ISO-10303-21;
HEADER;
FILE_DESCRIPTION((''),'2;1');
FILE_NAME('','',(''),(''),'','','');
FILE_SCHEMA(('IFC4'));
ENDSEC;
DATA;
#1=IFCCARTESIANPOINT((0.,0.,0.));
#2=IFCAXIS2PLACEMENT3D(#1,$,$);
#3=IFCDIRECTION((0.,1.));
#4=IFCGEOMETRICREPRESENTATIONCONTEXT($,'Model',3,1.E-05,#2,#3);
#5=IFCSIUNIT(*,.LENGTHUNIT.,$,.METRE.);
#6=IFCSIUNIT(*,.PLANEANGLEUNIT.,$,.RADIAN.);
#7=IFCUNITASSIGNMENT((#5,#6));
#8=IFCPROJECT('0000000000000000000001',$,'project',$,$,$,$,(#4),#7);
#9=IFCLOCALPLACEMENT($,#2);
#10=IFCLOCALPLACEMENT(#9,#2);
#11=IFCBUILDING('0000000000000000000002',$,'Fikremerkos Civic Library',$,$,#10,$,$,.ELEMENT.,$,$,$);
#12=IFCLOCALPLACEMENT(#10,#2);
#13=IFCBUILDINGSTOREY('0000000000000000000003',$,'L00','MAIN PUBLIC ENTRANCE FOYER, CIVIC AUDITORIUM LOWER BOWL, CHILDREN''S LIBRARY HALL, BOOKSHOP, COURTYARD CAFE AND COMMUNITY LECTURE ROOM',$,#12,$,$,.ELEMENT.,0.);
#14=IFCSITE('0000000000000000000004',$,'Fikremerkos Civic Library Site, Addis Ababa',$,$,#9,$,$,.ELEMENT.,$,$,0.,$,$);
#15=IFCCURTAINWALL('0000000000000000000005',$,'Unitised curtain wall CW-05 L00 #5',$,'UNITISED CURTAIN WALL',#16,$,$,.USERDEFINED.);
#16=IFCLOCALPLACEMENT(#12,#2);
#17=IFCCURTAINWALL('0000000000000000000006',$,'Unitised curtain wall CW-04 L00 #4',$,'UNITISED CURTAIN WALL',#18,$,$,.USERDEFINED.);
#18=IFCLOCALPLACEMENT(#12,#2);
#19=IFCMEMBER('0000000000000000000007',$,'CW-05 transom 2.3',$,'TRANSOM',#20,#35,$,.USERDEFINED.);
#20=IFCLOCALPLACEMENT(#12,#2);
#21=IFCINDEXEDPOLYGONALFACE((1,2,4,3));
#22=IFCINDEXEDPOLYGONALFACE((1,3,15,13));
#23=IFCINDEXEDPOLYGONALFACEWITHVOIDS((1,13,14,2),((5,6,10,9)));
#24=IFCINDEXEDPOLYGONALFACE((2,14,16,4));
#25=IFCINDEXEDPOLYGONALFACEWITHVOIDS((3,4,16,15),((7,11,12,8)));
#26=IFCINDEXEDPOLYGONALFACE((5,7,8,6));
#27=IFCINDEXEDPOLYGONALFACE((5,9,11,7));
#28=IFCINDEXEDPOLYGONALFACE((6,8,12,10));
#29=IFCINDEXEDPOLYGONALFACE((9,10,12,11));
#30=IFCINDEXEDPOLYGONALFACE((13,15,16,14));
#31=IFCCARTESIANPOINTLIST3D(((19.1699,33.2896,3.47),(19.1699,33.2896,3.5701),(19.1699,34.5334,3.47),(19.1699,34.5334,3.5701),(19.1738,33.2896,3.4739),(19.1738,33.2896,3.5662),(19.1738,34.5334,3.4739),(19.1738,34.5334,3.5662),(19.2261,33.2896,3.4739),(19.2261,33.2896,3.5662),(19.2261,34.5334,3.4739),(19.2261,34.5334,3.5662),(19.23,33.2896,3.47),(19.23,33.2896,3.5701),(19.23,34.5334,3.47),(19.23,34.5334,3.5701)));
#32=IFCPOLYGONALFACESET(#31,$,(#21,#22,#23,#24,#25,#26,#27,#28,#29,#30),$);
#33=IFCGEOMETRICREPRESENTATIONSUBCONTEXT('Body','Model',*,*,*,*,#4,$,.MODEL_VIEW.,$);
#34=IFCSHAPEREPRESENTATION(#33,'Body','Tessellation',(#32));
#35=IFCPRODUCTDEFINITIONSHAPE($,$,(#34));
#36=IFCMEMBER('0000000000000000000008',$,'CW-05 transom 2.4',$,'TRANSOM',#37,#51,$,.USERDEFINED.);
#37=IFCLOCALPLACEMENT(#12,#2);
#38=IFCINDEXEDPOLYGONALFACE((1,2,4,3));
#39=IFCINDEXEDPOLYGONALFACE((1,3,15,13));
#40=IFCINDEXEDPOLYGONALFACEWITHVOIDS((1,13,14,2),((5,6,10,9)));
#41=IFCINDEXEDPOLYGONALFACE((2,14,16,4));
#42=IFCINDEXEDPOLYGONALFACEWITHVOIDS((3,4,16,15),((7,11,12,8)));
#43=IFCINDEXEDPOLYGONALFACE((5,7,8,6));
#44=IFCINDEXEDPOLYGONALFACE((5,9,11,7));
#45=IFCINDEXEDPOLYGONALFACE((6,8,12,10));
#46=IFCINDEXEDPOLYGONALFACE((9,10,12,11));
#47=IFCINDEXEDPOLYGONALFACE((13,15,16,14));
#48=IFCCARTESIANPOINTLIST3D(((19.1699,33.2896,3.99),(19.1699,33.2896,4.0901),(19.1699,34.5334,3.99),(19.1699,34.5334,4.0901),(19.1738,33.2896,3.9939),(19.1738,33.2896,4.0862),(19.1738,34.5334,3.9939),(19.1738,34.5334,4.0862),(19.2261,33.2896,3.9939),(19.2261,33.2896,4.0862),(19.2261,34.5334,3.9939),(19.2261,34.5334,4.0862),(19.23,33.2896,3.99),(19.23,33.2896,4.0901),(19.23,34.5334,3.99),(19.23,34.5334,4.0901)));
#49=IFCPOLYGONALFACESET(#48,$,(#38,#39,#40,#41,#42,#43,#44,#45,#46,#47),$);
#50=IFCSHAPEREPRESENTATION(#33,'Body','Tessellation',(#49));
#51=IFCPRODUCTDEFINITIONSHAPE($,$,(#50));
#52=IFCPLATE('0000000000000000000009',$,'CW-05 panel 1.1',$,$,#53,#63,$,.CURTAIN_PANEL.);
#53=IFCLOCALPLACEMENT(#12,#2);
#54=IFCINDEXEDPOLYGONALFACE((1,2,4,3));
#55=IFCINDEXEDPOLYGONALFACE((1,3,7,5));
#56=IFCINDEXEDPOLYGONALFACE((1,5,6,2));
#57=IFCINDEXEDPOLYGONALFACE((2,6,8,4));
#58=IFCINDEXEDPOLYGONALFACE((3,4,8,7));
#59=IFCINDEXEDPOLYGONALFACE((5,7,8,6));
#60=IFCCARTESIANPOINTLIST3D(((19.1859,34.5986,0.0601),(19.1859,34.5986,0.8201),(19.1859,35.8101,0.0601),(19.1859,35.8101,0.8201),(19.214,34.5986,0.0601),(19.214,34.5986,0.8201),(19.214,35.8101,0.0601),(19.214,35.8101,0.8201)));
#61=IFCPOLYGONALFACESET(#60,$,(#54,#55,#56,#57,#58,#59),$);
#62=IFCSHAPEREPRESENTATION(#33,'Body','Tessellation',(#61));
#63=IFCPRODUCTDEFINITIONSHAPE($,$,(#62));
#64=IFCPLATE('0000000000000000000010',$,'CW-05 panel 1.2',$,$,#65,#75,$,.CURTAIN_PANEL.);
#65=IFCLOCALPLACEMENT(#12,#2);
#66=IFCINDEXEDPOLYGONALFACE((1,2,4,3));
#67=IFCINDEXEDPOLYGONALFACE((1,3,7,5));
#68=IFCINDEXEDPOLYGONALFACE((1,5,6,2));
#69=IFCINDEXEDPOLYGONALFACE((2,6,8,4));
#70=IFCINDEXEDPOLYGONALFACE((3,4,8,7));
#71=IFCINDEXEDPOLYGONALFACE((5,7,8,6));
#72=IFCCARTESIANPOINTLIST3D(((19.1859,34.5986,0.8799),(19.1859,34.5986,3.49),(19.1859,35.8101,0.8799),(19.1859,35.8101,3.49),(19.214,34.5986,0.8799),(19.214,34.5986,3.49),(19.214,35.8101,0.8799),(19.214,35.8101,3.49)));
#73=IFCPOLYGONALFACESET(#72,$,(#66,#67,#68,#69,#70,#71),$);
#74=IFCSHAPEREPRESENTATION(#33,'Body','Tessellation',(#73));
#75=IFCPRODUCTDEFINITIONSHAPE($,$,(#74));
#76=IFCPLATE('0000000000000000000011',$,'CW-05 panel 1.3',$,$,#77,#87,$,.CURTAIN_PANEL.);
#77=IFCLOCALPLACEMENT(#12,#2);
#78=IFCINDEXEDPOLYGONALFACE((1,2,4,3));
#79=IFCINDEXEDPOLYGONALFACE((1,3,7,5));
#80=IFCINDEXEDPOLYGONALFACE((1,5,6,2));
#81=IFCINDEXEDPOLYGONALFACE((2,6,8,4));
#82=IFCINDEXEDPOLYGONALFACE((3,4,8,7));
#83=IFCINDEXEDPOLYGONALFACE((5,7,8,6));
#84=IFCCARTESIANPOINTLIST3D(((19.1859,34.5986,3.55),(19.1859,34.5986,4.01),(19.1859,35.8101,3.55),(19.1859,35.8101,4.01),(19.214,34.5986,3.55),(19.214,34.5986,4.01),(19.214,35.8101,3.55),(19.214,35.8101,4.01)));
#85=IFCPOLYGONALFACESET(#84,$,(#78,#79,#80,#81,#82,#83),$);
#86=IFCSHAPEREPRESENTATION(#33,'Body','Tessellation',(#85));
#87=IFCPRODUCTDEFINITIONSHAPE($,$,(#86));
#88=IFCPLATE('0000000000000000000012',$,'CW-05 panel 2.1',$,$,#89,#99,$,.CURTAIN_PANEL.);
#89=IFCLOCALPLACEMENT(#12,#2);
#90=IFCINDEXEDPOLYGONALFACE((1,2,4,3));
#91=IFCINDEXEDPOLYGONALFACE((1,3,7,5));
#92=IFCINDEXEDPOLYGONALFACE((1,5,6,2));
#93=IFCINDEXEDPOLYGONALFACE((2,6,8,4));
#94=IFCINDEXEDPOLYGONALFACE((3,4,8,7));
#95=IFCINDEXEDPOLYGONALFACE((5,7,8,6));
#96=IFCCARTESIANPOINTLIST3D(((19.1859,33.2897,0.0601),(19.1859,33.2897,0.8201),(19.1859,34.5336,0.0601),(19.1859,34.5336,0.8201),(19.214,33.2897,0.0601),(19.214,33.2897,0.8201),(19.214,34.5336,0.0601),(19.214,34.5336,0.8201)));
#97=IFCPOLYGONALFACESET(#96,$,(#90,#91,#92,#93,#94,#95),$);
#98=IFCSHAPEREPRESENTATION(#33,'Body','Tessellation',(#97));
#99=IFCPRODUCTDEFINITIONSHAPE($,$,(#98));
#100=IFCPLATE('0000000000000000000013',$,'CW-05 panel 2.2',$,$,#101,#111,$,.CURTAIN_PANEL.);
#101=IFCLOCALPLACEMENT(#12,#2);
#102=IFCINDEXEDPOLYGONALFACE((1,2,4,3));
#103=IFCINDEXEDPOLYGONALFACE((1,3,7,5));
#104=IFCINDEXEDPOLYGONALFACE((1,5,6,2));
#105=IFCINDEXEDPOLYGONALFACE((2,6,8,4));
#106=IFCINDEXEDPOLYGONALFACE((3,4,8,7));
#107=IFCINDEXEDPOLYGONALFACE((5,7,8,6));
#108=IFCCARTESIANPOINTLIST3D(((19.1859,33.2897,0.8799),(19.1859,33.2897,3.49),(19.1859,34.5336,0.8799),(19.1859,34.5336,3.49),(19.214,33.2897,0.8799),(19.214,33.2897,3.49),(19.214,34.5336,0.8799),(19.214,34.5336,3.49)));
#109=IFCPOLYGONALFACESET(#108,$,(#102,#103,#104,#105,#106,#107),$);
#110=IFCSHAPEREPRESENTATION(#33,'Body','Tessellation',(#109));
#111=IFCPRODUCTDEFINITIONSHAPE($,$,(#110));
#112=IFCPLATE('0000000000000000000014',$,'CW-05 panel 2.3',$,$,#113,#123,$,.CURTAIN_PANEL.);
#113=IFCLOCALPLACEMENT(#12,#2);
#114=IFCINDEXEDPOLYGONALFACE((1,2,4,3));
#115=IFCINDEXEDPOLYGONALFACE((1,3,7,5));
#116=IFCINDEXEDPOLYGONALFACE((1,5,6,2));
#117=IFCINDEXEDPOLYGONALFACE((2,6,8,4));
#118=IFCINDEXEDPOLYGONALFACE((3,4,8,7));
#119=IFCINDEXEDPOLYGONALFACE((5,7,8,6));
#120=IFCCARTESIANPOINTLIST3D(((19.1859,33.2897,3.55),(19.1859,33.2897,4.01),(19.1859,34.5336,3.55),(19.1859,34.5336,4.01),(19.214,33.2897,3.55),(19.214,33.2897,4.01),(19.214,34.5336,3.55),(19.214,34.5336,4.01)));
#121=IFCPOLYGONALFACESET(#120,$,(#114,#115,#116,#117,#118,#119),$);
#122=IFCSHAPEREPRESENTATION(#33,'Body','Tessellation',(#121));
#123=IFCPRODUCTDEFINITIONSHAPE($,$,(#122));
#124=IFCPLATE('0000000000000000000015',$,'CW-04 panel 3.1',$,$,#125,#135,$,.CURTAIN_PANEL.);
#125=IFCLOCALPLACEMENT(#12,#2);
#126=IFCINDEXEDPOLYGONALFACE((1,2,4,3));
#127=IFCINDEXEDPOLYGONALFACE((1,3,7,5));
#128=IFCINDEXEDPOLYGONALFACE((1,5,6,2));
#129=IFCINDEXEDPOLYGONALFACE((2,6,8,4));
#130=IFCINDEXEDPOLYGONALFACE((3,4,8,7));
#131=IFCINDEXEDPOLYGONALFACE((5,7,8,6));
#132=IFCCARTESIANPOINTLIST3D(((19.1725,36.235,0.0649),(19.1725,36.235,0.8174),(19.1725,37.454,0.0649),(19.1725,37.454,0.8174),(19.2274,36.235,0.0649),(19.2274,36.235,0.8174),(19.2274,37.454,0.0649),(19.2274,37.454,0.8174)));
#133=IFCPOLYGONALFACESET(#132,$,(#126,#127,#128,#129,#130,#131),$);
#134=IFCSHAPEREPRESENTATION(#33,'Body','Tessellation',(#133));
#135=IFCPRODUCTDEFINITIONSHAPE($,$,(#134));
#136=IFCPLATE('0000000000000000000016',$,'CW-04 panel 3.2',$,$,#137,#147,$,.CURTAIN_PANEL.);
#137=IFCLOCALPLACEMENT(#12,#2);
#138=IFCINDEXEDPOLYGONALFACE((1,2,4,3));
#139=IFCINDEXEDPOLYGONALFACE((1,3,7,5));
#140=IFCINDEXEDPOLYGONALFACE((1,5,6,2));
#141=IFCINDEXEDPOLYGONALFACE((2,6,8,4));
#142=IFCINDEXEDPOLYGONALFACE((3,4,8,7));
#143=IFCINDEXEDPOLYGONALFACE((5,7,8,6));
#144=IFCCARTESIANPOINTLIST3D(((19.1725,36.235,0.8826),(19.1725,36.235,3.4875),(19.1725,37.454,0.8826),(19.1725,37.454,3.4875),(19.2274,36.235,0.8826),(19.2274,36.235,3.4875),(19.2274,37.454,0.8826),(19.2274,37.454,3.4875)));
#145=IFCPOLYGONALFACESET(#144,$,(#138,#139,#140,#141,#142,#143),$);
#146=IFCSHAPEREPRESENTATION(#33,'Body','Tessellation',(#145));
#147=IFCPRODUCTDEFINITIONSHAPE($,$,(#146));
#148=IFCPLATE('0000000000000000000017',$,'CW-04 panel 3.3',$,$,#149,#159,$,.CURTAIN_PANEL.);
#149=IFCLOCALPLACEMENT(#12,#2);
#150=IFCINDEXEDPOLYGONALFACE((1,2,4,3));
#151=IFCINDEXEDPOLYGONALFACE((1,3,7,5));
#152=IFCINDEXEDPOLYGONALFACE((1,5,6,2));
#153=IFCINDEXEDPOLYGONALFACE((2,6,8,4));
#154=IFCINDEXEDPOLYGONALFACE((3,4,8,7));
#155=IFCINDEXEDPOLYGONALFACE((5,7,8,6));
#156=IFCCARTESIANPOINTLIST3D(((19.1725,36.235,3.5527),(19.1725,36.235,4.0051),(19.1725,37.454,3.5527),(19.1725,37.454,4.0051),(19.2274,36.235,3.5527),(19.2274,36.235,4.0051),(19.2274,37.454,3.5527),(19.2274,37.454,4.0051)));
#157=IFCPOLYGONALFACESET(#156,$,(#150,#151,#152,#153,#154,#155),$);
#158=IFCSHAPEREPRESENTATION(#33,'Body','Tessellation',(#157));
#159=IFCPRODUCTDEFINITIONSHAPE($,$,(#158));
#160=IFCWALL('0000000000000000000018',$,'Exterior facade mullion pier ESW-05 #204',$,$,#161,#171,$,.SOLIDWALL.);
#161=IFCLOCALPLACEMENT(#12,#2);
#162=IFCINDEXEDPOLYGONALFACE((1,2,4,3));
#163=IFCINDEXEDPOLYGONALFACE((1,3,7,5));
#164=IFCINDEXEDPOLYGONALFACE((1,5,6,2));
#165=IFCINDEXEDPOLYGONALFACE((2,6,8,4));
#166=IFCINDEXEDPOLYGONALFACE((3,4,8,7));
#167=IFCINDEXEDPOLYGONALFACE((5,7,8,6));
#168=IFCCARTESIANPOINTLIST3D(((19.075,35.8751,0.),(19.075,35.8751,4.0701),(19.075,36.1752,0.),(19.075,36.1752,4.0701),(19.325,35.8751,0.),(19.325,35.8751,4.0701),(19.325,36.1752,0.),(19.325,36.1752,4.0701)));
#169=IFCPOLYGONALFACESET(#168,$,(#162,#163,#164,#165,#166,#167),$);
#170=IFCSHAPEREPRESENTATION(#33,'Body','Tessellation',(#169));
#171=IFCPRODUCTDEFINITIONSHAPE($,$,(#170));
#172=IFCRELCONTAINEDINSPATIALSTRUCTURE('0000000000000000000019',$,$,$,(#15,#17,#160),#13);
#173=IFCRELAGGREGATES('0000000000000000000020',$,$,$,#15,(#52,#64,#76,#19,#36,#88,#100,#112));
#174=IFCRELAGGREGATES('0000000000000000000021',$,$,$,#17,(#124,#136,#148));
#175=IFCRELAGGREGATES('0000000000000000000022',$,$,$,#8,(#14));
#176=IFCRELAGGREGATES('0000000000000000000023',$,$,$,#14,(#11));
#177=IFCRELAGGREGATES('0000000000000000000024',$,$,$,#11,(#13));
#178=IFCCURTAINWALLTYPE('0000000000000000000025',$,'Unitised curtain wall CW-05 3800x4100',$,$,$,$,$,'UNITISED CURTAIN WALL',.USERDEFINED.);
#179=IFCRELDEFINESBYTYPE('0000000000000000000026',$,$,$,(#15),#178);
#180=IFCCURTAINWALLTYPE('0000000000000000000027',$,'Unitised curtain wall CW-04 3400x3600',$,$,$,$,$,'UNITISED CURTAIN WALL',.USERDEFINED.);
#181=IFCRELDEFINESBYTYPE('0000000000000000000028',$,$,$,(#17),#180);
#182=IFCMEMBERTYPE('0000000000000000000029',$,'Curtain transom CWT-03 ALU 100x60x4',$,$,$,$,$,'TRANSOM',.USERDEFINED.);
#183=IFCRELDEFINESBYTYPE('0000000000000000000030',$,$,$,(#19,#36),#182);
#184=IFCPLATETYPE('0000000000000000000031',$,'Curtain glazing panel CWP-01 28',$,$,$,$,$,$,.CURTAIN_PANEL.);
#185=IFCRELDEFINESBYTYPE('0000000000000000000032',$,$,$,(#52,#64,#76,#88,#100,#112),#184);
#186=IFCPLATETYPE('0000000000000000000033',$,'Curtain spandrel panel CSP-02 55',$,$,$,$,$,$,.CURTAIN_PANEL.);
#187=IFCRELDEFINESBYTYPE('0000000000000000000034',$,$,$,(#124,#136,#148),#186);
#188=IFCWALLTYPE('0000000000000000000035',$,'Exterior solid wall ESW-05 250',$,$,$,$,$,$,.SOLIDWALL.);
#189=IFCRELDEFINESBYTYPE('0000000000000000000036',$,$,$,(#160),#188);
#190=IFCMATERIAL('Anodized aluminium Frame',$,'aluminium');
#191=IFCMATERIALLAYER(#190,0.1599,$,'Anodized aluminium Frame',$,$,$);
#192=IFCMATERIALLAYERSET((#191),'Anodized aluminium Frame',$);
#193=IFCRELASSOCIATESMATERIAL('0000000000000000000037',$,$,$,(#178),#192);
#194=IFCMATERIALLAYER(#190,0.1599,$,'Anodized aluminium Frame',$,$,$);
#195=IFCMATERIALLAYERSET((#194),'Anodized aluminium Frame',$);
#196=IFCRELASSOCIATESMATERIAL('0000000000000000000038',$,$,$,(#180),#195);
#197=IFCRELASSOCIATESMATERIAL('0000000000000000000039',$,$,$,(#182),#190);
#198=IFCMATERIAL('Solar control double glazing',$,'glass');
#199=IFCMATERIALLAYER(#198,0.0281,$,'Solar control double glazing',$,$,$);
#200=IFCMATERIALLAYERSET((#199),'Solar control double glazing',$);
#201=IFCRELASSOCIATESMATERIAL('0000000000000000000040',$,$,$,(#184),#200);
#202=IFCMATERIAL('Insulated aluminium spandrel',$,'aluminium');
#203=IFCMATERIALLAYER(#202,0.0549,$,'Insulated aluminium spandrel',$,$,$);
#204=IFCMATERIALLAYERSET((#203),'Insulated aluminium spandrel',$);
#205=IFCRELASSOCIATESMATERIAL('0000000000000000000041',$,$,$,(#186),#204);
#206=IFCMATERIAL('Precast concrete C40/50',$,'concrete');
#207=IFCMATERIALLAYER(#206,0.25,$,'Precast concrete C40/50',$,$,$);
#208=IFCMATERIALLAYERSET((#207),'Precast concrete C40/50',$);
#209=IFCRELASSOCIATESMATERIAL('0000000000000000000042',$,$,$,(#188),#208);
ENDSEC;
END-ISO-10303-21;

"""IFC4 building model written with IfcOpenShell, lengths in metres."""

from ifc_helpers import new_model, si_unit, direction, frame, frame_2d, origin, origin_2d, place, context, subcontext, project, spatial, rectangle, hollow_rectangle, extrude, material, layer, layer_set, material_profile, profile_set, type_object, element, aggregate, save


model = new_model("IFC4")

# Units and contexts
model_context = context("Model", 3, precision=1e-05, world=origin(), true_north=direction((0.0, 1.0)))
body_context = subcontext(model_context, "Body", "Model", "MODEL_VIEW")
ifc_project = project(units=[si_unit("LENGTHUNIT", "METRE"), si_unit("PLANEANGLEUNIT", "RADIAN")], contexts=[model_context])

# Site, building, storey
site_placement = place(None, origin())
site = spatial("IfcSite", under=ifc_project, at=site_placement, Name="Fikremerkos Civic Library Site, Addis Ababa", CompositionType="ELEMENT", RefElevation=0.0)
building_placement = place(site_placement, origin())
building = spatial("IfcBuilding", under=site, at=building_placement, Name="Fikremerkos Civic Library", CompositionType="ELEMENT")
storey_placement = place(building_placement, origin())
storey = spatial("IfcBuildingStorey", under=building, at=storey_placement, Name="L00", Description="MAIN PUBLIC ENTRANCE FOYER, CIVIC AUDITORIUM LOWER BOWL, CHILDREN'S LIBRARY HALL, BOOKSHOP, COURTYARD CAFE AND COMMUNITY LECTURE ROOM", CompositionType="ELEMENT", Elevation=0.0)

# Curtain walls
ifc_material_1 = material(Name="Anodized aluminium Frame", Category="aluminium")
ifc_layer_1 = layer(ifc_material_1, 0.1599, Name="Anodized aluminium Frame")
ifc_layer_set_1 = layer_set([ifc_layer_1], Name="Anodized aluminium Frame")
curtain_wall_type_1 = type_object("IfcCurtainWallType", Name="Unitised curtain wall CW-05 3800x4100", ElementType="UNITISED CURTAIN WALL", PredefinedType="USERDEFINED", material=ifc_layer_set_1)
curtain_wall_1_placement = place(storey_placement, origin())
curtain_wall_1 = element("IfcCurtainWall", 1, at=curtain_wall_1_placement, inside=storey, type_object=curtain_wall_type_1, Name="Unitised curtain wall CW-05 L00 #5", ObjectType="UNITISED CURTAIN WALL", PredefinedType="USERDEFINED")
ifc_layer_2 = layer(ifc_material_1, 0.1599, Name="Anodized aluminium Frame")
ifc_layer_set_2 = layer_set([ifc_layer_2], Name="Anodized aluminium Frame")
curtain_wall_type_2 = type_object("IfcCurtainWallType", Name="Unitised curtain wall CW-04 3400x3600", ElementType="UNITISED CURTAIN WALL", PredefinedType="USERDEFINED", material=ifc_layer_set_2)
curtain_wall_2_placement = place(storey_placement, origin())
curtain_wall_2 = element("IfcCurtainWall", 2, at=curtain_wall_2_placement, inside=storey, type_object=curtain_wall_type_2, Name="Unitised curtain wall CW-04 L00 #4", ObjectType="UNITISED CURTAIN WALL", PredefinedType="USERDEFINED")

# Members
ifc_material_profile_1 = material_profile(ifc_material_1, hollow_rectangle(XDim=0.0601, YDim=0.1001, WallThickness=0.0039, at=origin_2d()), Name="ALU 100x60x4")
ifc_profile_set_1 = profile_set([ifc_material_profile_1], Name="Anodized aluminium Frame")
member_type_1 = type_object("IfcMemberType", Name="Curtain transom CWT-03 ALU 100x60x4", ElementType="TRANSOM", PredefinedType="USERDEFINED", material=ifc_profile_set_1)
member_1_placement = place(storey_placement, frame((19.2, 34.5334, 3.52), z_axis=(0.0, -1.0, 0.0), x_axis=(1.0, 0.0, 0.0)))
member_1 = element("IfcMember", 3, at=member_1_placement, type_object=member_type_1, Name="CW-05 transom 2.3", ObjectType="TRANSOM", PredefinedType="USERDEFINED", context=body_context, shape_type="SweptSolid", body=[
    extrude(hollow_rectangle(XDim=0.0601, YDim=0.1001, WallThickness=0.0039, at=origin_2d()), origin(), (0.0, 0.0, 1.0), 1.2439),
])
member_2_placement = place(storey_placement, frame((19.2, 34.5334, 4.04), z_axis=(0.0, -1.0, 0.0), x_axis=(1.0, 0.0, 0.0)))
member_2 = element("IfcMember", 4, at=member_2_placement, type_object=member_type_1, Name="CW-05 transom 2.4", ObjectType="TRANSOM", PredefinedType="USERDEFINED", context=body_context, shape_type="SweptSolid", body=[
    extrude(hollow_rectangle(XDim=0.0601, YDim=0.1001, WallThickness=0.0039, at=origin_2d()), origin(), (0.0, 0.0, 1.0), 1.2439),
])

# Plates
ifc_material_2 = material(Name="Solar control double glazing", Category="glass")
ifc_layer_3 = layer(ifc_material_2, 0.0281, Name="Solar control double glazing")
ifc_layer_set_3 = layer_set([ifc_layer_3], Name="Solar control double glazing")
plate_type_1 = type_object("IfcPlateType", Name="Curtain glazing panel CWP-01 28", PredefinedType="CURTAIN_PANEL", material=ifc_layer_set_3)
plate_1_placement = place(storey_placement, frame((19.2, 35.2043, 0.0601), z_axis=(0.0, 0.0, 1.0), x_axis=(0.0, -1.0, 0.0)))
plate_1 = element("IfcPlate", 5, at=plate_1_placement, type_object=plate_type_1, Name="CW-05 panel 1.1", PredefinedType="CURTAIN_PANEL", context=body_context, shape_type="SweptSolid", body=[
    extrude(rectangle(XDim=1.2114, YDim=0.0281, at=origin_2d()), origin(), (0.0, 0.0, 1.0), 0.76),
])
plate_2_placement = place(storey_placement, frame((19.2, 35.2043, 0.8799), z_axis=(0.0, 0.0, 1.0), x_axis=(0.0, -1.0, 0.0)))
plate_2 = element("IfcPlate", 6, at=plate_2_placement, type_object=plate_type_1, Name="CW-05 panel 1.2", PredefinedType="CURTAIN_PANEL", context=body_context, shape_type="SweptSolid", body=[
    extrude(rectangle(XDim=1.2114, YDim=0.0281, at=origin_2d()), origin(), (0.0, 0.0, 1.0), 2.6101),
])
plate_3_placement = place(storey_placement, frame((19.2, 35.2043, 3.55), z_axis=(0.0, 0.0, 1.0), x_axis=(0.0, -1.0, 0.0)))
plate_3 = element("IfcPlate", 7, at=plate_3_placement, type_object=plate_type_1, Name="CW-05 panel 1.3", PredefinedType="CURTAIN_PANEL", context=body_context, shape_type="SweptSolid", body=[
    extrude(rectangle(XDim=1.2114, YDim=0.0281, at=origin_2d()), origin(), (0.0, 0.0, 1.0), 0.46),
])
plate_4_placement = place(storey_placement, frame((19.2, 33.9116, 0.0601), z_axis=(0.0, 0.0, 1.0), x_axis=(0.0, -1.0, 0.0)))
plate_4 = element("IfcPlate", 8, at=plate_4_placement, type_object=plate_type_1, Name="CW-05 panel 2.1", PredefinedType="CURTAIN_PANEL", context=body_context, shape_type="SweptSolid", body=[
    extrude(rectangle(XDim=1.2439, YDim=0.0281, at=origin_2d()), origin(), (0.0, 0.0, 1.0), 0.76),
])
plate_5_placement = place(storey_placement, frame((19.2, 33.9116, 0.8799), z_axis=(0.0, 0.0, 1.0), x_axis=(0.0, -1.0, 0.0)))
plate_5 = element("IfcPlate", 9, at=plate_5_placement, type_object=plate_type_1, Name="CW-05 panel 2.2", PredefinedType="CURTAIN_PANEL", context=body_context, shape_type="SweptSolid", body=[
    extrude(rectangle(XDim=1.2439, YDim=0.0281, at=origin_2d()), origin(), (0.0, 0.0, 1.0), 2.6101),
])
plate_6_placement = place(storey_placement, frame((19.2, 33.9116, 3.55), z_axis=(0.0, 0.0, 1.0), x_axis=(0.0, -1.0, 0.0)))
plate_6 = element("IfcPlate", 10, at=plate_6_placement, type_object=plate_type_1, Name="CW-05 panel 2.3", PredefinedType="CURTAIN_PANEL", context=body_context, shape_type="SweptSolid", body=[
    extrude(rectangle(XDim=1.2439, YDim=0.0281, at=origin_2d()), origin(), (0.0, 0.0, 1.0), 0.46),
])
aggregate(curtain_wall_1, [plate_1, plate_2, plate_3, member_1, member_2, plate_4, plate_5, plate_6])
ifc_material_3 = material(Name="Insulated aluminium spandrel", Category="aluminium")
ifc_layer_4 = layer(ifc_material_3, 0.0549, Name="Insulated aluminium spandrel")
ifc_layer_set_4 = layer_set([ifc_layer_4], Name="Insulated aluminium spandrel")
plate_type_2 = type_object("IfcPlateType", Name="Curtain spandrel panel CSP-02 55", PredefinedType="CURTAIN_PANEL", material=ifc_layer_set_4)
plate_7_placement = place(storey_placement, frame((19.2, 36.8445, 0.0649), z_axis=(0.0, 0.0, 1.0), x_axis=(0.0, -1.0, 0.0)))
plate_7 = element("IfcPlate", 11, at=plate_7_placement, type_object=plate_type_2, Name="CW-04 panel 3.1", PredefinedType="CURTAIN_PANEL", context=body_context, shape_type="SweptSolid", body=[
    extrude(rectangle(XDim=1.219, YDim=0.0549, at=origin_2d()), origin(), (0.0, 0.0, 1.0), 0.7524),
])
plate_8_placement = place(storey_placement, frame((19.2, 36.8445, 0.8826), z_axis=(0.0, 0.0, 1.0), x_axis=(0.0, -1.0, 0.0)))
plate_8 = element("IfcPlate", 12, at=plate_8_placement, type_object=plate_type_2, Name="CW-04 panel 3.2", PredefinedType="CURTAIN_PANEL", context=body_context, shape_type="SweptSolid", body=[
    extrude(rectangle(XDim=1.219, YDim=0.0549, at=origin_2d()), origin(), (0.0, 0.0, 1.0), 2.605),
])
plate_9_placement = place(storey_placement, frame((19.2, 36.8445, 3.5527), z_axis=(0.0, 0.0, 1.0), x_axis=(0.0, -1.0, 0.0)))
plate_9 = element("IfcPlate", 13, at=plate_9_placement, type_object=plate_type_2, Name="CW-04 panel 3.3", PredefinedType="CURTAIN_PANEL", context=body_context, shape_type="SweptSolid", body=[
    extrude(rectangle(XDim=1.219, YDim=0.0549, at=origin_2d()), origin(), (0.0, 0.0, 1.0), 0.4524),
])
aggregate(curtain_wall_2, [plate_7, plate_8, plate_9])

# Wall
ifc_material_4 = material(Name="Precast concrete C40/50", Category="concrete")
ifc_layer_5 = layer(ifc_material_4, 0.25, Name="Precast concrete C40/50")
ifc_layer_set_5 = layer_set([ifc_layer_5], Name="Precast concrete C40/50")
wall_type = type_object("IfcWallType", Name="Exterior solid wall ESW-05 250", PredefinedType="SOLIDWALL", material=ifc_layer_set_5)
wall_placement = place(storey_placement, frame((19.2, 36.175, 0.0), z_axis=(0.0, 0.0, 1.0), x_axis=(0.0, -1.0, 0.0)))
element("IfcWall", 14, at=wall_placement, inside=storey, type_object=wall_type, Name="Exterior facade mullion pier ESW-05 #204", PredefinedType="SOLIDWALL", context=body_context, shape_type="SweptSolid", body=[
    extrude(rectangle(XDim=0.3, YDim=0.25, at=frame_2d((0.1499, 0.0))), origin(), (0.0, 0.0, 1.0), 4.0701),
])

save(model, "model.ifc")
